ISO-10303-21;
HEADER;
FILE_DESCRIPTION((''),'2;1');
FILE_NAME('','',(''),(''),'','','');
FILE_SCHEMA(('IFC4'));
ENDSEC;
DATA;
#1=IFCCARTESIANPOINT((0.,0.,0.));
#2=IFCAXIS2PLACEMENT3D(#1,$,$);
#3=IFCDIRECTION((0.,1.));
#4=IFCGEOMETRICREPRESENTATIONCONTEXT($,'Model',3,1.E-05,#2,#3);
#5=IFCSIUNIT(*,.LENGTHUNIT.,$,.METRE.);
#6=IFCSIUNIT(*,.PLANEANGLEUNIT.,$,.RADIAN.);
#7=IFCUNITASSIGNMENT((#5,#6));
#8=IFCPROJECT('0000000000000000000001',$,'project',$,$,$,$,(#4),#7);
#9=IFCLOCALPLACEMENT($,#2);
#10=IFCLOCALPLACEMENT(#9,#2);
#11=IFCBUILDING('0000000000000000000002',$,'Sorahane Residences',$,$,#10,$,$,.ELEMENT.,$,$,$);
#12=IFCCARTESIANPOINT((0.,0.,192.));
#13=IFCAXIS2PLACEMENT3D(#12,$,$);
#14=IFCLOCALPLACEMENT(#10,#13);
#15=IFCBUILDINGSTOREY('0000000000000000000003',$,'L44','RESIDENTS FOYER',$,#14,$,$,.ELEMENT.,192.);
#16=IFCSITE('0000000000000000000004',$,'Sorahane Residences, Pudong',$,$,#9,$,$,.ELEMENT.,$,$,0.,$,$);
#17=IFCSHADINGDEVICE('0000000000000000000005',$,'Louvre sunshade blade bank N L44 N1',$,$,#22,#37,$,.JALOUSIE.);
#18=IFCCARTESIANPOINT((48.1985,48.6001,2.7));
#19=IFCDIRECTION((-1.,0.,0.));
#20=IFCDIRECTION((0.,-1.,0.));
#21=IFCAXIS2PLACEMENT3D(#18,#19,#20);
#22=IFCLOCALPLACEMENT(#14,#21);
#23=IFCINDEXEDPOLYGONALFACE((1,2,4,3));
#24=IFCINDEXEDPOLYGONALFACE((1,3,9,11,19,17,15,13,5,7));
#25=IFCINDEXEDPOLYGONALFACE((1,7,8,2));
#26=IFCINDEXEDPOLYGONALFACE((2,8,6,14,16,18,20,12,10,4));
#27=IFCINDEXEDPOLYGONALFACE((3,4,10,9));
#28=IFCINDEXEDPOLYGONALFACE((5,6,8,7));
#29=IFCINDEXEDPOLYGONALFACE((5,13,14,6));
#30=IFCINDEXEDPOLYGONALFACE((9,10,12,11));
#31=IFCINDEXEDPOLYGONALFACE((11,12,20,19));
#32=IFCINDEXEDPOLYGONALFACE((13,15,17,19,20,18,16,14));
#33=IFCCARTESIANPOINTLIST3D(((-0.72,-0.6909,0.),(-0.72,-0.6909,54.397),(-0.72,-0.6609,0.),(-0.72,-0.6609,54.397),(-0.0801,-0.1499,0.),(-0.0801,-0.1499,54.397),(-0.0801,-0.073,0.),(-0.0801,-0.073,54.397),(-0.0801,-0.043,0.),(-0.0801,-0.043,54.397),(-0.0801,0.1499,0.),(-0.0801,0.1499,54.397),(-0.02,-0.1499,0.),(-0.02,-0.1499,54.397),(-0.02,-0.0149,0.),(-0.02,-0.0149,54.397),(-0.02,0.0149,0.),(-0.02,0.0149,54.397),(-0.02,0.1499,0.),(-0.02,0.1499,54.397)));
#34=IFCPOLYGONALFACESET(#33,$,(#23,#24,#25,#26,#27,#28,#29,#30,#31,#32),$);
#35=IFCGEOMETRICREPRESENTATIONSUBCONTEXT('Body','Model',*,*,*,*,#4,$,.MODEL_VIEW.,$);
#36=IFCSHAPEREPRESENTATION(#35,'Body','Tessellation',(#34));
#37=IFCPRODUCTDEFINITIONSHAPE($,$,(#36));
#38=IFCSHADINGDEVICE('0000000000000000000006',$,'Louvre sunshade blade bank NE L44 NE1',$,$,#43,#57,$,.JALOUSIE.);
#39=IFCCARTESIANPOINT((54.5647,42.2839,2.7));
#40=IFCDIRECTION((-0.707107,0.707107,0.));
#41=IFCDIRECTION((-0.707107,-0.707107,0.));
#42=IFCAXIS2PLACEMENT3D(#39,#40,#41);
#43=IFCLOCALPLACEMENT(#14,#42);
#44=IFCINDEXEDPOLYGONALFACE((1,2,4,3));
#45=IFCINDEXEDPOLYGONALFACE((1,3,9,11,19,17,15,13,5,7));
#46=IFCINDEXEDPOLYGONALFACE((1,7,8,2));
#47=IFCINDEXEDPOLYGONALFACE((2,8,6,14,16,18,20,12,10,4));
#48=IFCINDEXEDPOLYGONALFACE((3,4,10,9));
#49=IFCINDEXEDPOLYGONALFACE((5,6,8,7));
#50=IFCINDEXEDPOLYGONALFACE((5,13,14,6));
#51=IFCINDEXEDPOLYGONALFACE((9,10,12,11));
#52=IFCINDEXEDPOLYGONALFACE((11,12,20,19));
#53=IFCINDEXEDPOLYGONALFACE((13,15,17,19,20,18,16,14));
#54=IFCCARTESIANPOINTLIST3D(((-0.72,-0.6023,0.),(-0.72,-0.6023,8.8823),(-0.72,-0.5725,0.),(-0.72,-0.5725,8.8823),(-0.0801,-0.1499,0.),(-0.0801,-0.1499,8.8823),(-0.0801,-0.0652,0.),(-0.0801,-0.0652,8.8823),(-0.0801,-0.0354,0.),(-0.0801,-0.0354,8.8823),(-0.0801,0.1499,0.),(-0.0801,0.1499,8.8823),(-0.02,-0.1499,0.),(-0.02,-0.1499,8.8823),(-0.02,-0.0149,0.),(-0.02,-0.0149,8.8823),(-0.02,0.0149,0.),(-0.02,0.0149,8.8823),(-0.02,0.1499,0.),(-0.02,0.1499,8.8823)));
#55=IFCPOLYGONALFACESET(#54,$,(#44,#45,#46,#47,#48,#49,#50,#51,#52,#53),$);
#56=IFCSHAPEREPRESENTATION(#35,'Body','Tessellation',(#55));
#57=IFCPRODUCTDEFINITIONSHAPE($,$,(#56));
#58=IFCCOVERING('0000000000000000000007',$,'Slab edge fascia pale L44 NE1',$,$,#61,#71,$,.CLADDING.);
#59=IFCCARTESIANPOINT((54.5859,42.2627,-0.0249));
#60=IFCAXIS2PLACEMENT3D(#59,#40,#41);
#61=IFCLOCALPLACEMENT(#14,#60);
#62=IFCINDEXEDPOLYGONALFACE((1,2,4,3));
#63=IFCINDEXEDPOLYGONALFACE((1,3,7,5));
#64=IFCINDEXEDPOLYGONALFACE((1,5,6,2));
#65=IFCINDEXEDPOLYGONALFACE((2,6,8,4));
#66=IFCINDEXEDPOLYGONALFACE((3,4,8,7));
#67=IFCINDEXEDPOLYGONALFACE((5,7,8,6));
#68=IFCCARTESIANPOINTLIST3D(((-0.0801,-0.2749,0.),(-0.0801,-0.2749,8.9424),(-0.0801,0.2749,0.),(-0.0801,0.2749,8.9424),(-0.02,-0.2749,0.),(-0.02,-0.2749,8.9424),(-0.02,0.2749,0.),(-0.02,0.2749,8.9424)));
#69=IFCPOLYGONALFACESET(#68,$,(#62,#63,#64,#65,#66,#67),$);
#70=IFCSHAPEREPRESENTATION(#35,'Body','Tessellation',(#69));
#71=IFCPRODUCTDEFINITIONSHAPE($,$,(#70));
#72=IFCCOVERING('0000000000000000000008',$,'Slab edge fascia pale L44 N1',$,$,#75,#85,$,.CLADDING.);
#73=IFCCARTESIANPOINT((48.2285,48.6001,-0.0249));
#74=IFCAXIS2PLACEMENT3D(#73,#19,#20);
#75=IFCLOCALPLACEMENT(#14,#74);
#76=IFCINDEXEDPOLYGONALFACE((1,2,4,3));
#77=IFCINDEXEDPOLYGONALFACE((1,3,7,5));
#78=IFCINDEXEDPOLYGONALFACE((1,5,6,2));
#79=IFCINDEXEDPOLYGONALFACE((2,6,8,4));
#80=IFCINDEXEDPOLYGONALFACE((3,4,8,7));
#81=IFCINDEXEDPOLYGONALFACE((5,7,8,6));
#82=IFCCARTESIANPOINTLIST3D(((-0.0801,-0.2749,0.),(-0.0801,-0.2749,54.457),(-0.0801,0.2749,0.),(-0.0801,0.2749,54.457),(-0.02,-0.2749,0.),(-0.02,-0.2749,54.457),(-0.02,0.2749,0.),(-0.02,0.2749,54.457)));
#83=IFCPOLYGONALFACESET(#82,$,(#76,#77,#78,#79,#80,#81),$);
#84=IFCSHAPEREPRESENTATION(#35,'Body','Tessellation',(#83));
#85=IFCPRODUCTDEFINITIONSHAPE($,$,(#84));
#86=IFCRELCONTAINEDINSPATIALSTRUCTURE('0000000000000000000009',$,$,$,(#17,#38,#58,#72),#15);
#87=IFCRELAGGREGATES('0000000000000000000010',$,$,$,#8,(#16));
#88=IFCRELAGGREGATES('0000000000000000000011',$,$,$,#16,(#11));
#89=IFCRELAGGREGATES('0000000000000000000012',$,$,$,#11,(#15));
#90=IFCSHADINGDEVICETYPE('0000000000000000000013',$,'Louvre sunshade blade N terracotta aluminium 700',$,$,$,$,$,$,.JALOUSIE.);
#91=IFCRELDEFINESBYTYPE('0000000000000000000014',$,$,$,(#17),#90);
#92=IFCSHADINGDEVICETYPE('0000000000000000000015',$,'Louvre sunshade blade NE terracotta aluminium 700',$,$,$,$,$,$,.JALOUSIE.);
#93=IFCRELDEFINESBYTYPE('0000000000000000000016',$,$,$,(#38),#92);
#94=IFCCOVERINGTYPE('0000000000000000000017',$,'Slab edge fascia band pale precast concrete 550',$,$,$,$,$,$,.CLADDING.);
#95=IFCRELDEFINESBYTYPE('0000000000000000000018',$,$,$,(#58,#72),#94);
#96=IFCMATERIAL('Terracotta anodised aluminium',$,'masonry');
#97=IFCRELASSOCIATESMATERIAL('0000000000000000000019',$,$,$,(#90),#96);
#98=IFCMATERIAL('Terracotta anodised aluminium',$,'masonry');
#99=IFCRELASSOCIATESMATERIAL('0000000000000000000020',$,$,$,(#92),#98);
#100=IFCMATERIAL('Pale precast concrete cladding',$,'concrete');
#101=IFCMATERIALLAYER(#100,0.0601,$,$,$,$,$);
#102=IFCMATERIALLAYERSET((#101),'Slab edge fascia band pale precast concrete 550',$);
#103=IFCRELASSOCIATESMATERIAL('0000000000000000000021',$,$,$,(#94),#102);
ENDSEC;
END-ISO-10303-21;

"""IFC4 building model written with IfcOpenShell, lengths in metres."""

from ifc_helpers import new_model, si_unit, direction, frame, origin, place, context, subcontext, project, spatial, polyline, outline, extrude, material, layer, layer_set, type_object, element, save


model = new_model("IFC4")

# Units and contexts
model_context = context("Model", 3, precision=1e-05, world=origin(), true_north=direction((0.0, 1.0)))
body_context = subcontext(model_context, "Body", "Model", "MODEL_VIEW")
ifc_project = project(units=[si_unit("LENGTHUNIT", "METRE"), si_unit("PLANEANGLEUNIT", "RADIAN")], contexts=[model_context])

# Site, building, storey
site_placement = place(None, origin())
site = spatial("IfcSite", under=ifc_project, at=site_placement, Name="Sorahane Residences, Pudong", CompositionType="ELEMENT", RefElevation=0.0)
building_placement = place(site_placement, origin())
building = spatial("IfcBuilding", under=site, at=building_placement, Name="Sorahane Residences", CompositionType="ELEMENT")
storey_placement = place(building_placement, frame((0.0, 0.0, 192.0)))
storey = spatial("IfcBuildingStorey", under=building, at=storey_placement, Name="L44", Description="RESIDENTS FOYER", CompositionType="ELEMENT", Elevation=192.0)

# Shading devices
ifc_material_1 = material(Name="Terracotta anodised aluminium", Category="masonry")
shading_device_type_1 = type_object("IfcShadingDeviceType", Name="Louvre sunshade blade N terracotta aluminium 700", PredefinedType="JALOUSIE", material=ifc_material_1)
shading_device_1_placement = place(storey_placement, frame((48.1985, 48.6001, 2.7), z_axis=(-1.0, 0.0, 0.0), x_axis=(0.0, -1.0, 0.0)))
element("IfcShadingDevice", 1, at=shading_device_1_placement, inside=storey, type_object=shading_device_type_1, Name="Louvre sunshade blade bank N L44 N1", PredefinedType="JALOUSIE", context=body_context, shape_type="SweptSolid", body=[
    extrude(outline(polyline([(-0.72, -0.6609), (-0.72, -0.6909), (-0.0801, -0.073), (-0.0801, -0.1499), (-0.02, -0.1499), (-0.02, -0.0149), (-0.02, 0.0149), (-0.02, 0.1499), (-0.0801, 0.1499), (-0.0801, -0.043), (-0.72, -0.6609)])), origin(), (0.0, 0.0, 1.0), 54.397),
])
ifc_material_2 = material(Name="Terracotta anodised aluminium", Category="masonry")
shading_device_type_2 = type_object("IfcShadingDeviceType", Name="Louvre sunshade blade NE terracotta aluminium 700", PredefinedType="JALOUSIE", material=ifc_material_2)
shading_device_2_placement = place(storey_placement, frame((54.5647, 42.2839, 2.7), z_axis=(-0.707107, 0.707107, 0.0), x_axis=(-0.707107, -0.707107, 0.0)))
element("IfcShadingDevice", 2, at=shading_device_2_placement, inside=storey, type_object=shading_device_type_2, Name="Louvre sunshade blade bank NE L44 NE1", PredefinedType="JALOUSIE", context=body_context, shape_type="SweptSolid", body=[
    extrude(outline(polyline([(-0.72, -0.5725), (-0.72, -0.6023), (-0.0801, -0.0652), (-0.0801, -0.1499), (-0.02, -0.1499), (-0.02, -0.0149), (-0.02, 0.0149), (-0.02, 0.1499), (-0.0801, 0.1499), (-0.0801, -0.0354), (-0.72, -0.5725)])), origin(), (0.0, 0.0, 1.0), 8.8823),
])

# Coverings
ifc_material_3 = material(Name="Pale precast concrete cladding", Category="concrete")
ifc_layer_1 = layer(ifc_material_3, 0.0601)
ifc_layer_set_1 = layer_set([ifc_layer_1], Name="Slab edge fascia band pale precast concrete 550")
covering_type = type_object("IfcCoveringType", Name="Slab edge fascia band pale precast concrete 550", PredefinedType="CLADDING", material=ifc_layer_set_1)
covering_1_placement = place(storey_placement, frame((54.5859, 42.2627, -0.0249), z_axis=(-0.707107, 0.707107, 0.0), x_axis=(-0.707107, -0.707107, 0.0)))
element("IfcCovering", 3, at=covering_1_placement, inside=storey, type_object=covering_type, Name="Slab edge fascia pale L44 NE1", PredefinedType="CLADDING", context=body_context, shape_type="SweptSolid", body=[
    extrude(outline(polyline([(-0.02, 0.2749), (-0.0801, 0.2749), (-0.0801, -0.2749), (-0.02, -0.2749), (-0.02, 0.2749)])), origin(), (0.0, 0.0, 1.0), 8.9424),
])
covering_2_placement = place(storey_placement, frame((48.2285, 48.6001, -0.0249), z_axis=(-1.0, 0.0, 0.0), x_axis=(0.0, -1.0, 0.0)))
element("IfcCovering", 4, at=covering_2_placement, inside=storey, type_object=covering_type, Name="Slab edge fascia pale L44 N1", PredefinedType="CLADDING", context=body_context, shape_type="SweptSolid", body=[
    extrude(outline(polyline([(-0.02, 0.2749), (-0.0801, 0.2749), (-0.0801, -0.2749), (-0.02, -0.2749), (-0.02, 0.2749)])), origin(), (0.0, 0.0, 1.0), 54.457),
])

save(model, "model.ifc")
